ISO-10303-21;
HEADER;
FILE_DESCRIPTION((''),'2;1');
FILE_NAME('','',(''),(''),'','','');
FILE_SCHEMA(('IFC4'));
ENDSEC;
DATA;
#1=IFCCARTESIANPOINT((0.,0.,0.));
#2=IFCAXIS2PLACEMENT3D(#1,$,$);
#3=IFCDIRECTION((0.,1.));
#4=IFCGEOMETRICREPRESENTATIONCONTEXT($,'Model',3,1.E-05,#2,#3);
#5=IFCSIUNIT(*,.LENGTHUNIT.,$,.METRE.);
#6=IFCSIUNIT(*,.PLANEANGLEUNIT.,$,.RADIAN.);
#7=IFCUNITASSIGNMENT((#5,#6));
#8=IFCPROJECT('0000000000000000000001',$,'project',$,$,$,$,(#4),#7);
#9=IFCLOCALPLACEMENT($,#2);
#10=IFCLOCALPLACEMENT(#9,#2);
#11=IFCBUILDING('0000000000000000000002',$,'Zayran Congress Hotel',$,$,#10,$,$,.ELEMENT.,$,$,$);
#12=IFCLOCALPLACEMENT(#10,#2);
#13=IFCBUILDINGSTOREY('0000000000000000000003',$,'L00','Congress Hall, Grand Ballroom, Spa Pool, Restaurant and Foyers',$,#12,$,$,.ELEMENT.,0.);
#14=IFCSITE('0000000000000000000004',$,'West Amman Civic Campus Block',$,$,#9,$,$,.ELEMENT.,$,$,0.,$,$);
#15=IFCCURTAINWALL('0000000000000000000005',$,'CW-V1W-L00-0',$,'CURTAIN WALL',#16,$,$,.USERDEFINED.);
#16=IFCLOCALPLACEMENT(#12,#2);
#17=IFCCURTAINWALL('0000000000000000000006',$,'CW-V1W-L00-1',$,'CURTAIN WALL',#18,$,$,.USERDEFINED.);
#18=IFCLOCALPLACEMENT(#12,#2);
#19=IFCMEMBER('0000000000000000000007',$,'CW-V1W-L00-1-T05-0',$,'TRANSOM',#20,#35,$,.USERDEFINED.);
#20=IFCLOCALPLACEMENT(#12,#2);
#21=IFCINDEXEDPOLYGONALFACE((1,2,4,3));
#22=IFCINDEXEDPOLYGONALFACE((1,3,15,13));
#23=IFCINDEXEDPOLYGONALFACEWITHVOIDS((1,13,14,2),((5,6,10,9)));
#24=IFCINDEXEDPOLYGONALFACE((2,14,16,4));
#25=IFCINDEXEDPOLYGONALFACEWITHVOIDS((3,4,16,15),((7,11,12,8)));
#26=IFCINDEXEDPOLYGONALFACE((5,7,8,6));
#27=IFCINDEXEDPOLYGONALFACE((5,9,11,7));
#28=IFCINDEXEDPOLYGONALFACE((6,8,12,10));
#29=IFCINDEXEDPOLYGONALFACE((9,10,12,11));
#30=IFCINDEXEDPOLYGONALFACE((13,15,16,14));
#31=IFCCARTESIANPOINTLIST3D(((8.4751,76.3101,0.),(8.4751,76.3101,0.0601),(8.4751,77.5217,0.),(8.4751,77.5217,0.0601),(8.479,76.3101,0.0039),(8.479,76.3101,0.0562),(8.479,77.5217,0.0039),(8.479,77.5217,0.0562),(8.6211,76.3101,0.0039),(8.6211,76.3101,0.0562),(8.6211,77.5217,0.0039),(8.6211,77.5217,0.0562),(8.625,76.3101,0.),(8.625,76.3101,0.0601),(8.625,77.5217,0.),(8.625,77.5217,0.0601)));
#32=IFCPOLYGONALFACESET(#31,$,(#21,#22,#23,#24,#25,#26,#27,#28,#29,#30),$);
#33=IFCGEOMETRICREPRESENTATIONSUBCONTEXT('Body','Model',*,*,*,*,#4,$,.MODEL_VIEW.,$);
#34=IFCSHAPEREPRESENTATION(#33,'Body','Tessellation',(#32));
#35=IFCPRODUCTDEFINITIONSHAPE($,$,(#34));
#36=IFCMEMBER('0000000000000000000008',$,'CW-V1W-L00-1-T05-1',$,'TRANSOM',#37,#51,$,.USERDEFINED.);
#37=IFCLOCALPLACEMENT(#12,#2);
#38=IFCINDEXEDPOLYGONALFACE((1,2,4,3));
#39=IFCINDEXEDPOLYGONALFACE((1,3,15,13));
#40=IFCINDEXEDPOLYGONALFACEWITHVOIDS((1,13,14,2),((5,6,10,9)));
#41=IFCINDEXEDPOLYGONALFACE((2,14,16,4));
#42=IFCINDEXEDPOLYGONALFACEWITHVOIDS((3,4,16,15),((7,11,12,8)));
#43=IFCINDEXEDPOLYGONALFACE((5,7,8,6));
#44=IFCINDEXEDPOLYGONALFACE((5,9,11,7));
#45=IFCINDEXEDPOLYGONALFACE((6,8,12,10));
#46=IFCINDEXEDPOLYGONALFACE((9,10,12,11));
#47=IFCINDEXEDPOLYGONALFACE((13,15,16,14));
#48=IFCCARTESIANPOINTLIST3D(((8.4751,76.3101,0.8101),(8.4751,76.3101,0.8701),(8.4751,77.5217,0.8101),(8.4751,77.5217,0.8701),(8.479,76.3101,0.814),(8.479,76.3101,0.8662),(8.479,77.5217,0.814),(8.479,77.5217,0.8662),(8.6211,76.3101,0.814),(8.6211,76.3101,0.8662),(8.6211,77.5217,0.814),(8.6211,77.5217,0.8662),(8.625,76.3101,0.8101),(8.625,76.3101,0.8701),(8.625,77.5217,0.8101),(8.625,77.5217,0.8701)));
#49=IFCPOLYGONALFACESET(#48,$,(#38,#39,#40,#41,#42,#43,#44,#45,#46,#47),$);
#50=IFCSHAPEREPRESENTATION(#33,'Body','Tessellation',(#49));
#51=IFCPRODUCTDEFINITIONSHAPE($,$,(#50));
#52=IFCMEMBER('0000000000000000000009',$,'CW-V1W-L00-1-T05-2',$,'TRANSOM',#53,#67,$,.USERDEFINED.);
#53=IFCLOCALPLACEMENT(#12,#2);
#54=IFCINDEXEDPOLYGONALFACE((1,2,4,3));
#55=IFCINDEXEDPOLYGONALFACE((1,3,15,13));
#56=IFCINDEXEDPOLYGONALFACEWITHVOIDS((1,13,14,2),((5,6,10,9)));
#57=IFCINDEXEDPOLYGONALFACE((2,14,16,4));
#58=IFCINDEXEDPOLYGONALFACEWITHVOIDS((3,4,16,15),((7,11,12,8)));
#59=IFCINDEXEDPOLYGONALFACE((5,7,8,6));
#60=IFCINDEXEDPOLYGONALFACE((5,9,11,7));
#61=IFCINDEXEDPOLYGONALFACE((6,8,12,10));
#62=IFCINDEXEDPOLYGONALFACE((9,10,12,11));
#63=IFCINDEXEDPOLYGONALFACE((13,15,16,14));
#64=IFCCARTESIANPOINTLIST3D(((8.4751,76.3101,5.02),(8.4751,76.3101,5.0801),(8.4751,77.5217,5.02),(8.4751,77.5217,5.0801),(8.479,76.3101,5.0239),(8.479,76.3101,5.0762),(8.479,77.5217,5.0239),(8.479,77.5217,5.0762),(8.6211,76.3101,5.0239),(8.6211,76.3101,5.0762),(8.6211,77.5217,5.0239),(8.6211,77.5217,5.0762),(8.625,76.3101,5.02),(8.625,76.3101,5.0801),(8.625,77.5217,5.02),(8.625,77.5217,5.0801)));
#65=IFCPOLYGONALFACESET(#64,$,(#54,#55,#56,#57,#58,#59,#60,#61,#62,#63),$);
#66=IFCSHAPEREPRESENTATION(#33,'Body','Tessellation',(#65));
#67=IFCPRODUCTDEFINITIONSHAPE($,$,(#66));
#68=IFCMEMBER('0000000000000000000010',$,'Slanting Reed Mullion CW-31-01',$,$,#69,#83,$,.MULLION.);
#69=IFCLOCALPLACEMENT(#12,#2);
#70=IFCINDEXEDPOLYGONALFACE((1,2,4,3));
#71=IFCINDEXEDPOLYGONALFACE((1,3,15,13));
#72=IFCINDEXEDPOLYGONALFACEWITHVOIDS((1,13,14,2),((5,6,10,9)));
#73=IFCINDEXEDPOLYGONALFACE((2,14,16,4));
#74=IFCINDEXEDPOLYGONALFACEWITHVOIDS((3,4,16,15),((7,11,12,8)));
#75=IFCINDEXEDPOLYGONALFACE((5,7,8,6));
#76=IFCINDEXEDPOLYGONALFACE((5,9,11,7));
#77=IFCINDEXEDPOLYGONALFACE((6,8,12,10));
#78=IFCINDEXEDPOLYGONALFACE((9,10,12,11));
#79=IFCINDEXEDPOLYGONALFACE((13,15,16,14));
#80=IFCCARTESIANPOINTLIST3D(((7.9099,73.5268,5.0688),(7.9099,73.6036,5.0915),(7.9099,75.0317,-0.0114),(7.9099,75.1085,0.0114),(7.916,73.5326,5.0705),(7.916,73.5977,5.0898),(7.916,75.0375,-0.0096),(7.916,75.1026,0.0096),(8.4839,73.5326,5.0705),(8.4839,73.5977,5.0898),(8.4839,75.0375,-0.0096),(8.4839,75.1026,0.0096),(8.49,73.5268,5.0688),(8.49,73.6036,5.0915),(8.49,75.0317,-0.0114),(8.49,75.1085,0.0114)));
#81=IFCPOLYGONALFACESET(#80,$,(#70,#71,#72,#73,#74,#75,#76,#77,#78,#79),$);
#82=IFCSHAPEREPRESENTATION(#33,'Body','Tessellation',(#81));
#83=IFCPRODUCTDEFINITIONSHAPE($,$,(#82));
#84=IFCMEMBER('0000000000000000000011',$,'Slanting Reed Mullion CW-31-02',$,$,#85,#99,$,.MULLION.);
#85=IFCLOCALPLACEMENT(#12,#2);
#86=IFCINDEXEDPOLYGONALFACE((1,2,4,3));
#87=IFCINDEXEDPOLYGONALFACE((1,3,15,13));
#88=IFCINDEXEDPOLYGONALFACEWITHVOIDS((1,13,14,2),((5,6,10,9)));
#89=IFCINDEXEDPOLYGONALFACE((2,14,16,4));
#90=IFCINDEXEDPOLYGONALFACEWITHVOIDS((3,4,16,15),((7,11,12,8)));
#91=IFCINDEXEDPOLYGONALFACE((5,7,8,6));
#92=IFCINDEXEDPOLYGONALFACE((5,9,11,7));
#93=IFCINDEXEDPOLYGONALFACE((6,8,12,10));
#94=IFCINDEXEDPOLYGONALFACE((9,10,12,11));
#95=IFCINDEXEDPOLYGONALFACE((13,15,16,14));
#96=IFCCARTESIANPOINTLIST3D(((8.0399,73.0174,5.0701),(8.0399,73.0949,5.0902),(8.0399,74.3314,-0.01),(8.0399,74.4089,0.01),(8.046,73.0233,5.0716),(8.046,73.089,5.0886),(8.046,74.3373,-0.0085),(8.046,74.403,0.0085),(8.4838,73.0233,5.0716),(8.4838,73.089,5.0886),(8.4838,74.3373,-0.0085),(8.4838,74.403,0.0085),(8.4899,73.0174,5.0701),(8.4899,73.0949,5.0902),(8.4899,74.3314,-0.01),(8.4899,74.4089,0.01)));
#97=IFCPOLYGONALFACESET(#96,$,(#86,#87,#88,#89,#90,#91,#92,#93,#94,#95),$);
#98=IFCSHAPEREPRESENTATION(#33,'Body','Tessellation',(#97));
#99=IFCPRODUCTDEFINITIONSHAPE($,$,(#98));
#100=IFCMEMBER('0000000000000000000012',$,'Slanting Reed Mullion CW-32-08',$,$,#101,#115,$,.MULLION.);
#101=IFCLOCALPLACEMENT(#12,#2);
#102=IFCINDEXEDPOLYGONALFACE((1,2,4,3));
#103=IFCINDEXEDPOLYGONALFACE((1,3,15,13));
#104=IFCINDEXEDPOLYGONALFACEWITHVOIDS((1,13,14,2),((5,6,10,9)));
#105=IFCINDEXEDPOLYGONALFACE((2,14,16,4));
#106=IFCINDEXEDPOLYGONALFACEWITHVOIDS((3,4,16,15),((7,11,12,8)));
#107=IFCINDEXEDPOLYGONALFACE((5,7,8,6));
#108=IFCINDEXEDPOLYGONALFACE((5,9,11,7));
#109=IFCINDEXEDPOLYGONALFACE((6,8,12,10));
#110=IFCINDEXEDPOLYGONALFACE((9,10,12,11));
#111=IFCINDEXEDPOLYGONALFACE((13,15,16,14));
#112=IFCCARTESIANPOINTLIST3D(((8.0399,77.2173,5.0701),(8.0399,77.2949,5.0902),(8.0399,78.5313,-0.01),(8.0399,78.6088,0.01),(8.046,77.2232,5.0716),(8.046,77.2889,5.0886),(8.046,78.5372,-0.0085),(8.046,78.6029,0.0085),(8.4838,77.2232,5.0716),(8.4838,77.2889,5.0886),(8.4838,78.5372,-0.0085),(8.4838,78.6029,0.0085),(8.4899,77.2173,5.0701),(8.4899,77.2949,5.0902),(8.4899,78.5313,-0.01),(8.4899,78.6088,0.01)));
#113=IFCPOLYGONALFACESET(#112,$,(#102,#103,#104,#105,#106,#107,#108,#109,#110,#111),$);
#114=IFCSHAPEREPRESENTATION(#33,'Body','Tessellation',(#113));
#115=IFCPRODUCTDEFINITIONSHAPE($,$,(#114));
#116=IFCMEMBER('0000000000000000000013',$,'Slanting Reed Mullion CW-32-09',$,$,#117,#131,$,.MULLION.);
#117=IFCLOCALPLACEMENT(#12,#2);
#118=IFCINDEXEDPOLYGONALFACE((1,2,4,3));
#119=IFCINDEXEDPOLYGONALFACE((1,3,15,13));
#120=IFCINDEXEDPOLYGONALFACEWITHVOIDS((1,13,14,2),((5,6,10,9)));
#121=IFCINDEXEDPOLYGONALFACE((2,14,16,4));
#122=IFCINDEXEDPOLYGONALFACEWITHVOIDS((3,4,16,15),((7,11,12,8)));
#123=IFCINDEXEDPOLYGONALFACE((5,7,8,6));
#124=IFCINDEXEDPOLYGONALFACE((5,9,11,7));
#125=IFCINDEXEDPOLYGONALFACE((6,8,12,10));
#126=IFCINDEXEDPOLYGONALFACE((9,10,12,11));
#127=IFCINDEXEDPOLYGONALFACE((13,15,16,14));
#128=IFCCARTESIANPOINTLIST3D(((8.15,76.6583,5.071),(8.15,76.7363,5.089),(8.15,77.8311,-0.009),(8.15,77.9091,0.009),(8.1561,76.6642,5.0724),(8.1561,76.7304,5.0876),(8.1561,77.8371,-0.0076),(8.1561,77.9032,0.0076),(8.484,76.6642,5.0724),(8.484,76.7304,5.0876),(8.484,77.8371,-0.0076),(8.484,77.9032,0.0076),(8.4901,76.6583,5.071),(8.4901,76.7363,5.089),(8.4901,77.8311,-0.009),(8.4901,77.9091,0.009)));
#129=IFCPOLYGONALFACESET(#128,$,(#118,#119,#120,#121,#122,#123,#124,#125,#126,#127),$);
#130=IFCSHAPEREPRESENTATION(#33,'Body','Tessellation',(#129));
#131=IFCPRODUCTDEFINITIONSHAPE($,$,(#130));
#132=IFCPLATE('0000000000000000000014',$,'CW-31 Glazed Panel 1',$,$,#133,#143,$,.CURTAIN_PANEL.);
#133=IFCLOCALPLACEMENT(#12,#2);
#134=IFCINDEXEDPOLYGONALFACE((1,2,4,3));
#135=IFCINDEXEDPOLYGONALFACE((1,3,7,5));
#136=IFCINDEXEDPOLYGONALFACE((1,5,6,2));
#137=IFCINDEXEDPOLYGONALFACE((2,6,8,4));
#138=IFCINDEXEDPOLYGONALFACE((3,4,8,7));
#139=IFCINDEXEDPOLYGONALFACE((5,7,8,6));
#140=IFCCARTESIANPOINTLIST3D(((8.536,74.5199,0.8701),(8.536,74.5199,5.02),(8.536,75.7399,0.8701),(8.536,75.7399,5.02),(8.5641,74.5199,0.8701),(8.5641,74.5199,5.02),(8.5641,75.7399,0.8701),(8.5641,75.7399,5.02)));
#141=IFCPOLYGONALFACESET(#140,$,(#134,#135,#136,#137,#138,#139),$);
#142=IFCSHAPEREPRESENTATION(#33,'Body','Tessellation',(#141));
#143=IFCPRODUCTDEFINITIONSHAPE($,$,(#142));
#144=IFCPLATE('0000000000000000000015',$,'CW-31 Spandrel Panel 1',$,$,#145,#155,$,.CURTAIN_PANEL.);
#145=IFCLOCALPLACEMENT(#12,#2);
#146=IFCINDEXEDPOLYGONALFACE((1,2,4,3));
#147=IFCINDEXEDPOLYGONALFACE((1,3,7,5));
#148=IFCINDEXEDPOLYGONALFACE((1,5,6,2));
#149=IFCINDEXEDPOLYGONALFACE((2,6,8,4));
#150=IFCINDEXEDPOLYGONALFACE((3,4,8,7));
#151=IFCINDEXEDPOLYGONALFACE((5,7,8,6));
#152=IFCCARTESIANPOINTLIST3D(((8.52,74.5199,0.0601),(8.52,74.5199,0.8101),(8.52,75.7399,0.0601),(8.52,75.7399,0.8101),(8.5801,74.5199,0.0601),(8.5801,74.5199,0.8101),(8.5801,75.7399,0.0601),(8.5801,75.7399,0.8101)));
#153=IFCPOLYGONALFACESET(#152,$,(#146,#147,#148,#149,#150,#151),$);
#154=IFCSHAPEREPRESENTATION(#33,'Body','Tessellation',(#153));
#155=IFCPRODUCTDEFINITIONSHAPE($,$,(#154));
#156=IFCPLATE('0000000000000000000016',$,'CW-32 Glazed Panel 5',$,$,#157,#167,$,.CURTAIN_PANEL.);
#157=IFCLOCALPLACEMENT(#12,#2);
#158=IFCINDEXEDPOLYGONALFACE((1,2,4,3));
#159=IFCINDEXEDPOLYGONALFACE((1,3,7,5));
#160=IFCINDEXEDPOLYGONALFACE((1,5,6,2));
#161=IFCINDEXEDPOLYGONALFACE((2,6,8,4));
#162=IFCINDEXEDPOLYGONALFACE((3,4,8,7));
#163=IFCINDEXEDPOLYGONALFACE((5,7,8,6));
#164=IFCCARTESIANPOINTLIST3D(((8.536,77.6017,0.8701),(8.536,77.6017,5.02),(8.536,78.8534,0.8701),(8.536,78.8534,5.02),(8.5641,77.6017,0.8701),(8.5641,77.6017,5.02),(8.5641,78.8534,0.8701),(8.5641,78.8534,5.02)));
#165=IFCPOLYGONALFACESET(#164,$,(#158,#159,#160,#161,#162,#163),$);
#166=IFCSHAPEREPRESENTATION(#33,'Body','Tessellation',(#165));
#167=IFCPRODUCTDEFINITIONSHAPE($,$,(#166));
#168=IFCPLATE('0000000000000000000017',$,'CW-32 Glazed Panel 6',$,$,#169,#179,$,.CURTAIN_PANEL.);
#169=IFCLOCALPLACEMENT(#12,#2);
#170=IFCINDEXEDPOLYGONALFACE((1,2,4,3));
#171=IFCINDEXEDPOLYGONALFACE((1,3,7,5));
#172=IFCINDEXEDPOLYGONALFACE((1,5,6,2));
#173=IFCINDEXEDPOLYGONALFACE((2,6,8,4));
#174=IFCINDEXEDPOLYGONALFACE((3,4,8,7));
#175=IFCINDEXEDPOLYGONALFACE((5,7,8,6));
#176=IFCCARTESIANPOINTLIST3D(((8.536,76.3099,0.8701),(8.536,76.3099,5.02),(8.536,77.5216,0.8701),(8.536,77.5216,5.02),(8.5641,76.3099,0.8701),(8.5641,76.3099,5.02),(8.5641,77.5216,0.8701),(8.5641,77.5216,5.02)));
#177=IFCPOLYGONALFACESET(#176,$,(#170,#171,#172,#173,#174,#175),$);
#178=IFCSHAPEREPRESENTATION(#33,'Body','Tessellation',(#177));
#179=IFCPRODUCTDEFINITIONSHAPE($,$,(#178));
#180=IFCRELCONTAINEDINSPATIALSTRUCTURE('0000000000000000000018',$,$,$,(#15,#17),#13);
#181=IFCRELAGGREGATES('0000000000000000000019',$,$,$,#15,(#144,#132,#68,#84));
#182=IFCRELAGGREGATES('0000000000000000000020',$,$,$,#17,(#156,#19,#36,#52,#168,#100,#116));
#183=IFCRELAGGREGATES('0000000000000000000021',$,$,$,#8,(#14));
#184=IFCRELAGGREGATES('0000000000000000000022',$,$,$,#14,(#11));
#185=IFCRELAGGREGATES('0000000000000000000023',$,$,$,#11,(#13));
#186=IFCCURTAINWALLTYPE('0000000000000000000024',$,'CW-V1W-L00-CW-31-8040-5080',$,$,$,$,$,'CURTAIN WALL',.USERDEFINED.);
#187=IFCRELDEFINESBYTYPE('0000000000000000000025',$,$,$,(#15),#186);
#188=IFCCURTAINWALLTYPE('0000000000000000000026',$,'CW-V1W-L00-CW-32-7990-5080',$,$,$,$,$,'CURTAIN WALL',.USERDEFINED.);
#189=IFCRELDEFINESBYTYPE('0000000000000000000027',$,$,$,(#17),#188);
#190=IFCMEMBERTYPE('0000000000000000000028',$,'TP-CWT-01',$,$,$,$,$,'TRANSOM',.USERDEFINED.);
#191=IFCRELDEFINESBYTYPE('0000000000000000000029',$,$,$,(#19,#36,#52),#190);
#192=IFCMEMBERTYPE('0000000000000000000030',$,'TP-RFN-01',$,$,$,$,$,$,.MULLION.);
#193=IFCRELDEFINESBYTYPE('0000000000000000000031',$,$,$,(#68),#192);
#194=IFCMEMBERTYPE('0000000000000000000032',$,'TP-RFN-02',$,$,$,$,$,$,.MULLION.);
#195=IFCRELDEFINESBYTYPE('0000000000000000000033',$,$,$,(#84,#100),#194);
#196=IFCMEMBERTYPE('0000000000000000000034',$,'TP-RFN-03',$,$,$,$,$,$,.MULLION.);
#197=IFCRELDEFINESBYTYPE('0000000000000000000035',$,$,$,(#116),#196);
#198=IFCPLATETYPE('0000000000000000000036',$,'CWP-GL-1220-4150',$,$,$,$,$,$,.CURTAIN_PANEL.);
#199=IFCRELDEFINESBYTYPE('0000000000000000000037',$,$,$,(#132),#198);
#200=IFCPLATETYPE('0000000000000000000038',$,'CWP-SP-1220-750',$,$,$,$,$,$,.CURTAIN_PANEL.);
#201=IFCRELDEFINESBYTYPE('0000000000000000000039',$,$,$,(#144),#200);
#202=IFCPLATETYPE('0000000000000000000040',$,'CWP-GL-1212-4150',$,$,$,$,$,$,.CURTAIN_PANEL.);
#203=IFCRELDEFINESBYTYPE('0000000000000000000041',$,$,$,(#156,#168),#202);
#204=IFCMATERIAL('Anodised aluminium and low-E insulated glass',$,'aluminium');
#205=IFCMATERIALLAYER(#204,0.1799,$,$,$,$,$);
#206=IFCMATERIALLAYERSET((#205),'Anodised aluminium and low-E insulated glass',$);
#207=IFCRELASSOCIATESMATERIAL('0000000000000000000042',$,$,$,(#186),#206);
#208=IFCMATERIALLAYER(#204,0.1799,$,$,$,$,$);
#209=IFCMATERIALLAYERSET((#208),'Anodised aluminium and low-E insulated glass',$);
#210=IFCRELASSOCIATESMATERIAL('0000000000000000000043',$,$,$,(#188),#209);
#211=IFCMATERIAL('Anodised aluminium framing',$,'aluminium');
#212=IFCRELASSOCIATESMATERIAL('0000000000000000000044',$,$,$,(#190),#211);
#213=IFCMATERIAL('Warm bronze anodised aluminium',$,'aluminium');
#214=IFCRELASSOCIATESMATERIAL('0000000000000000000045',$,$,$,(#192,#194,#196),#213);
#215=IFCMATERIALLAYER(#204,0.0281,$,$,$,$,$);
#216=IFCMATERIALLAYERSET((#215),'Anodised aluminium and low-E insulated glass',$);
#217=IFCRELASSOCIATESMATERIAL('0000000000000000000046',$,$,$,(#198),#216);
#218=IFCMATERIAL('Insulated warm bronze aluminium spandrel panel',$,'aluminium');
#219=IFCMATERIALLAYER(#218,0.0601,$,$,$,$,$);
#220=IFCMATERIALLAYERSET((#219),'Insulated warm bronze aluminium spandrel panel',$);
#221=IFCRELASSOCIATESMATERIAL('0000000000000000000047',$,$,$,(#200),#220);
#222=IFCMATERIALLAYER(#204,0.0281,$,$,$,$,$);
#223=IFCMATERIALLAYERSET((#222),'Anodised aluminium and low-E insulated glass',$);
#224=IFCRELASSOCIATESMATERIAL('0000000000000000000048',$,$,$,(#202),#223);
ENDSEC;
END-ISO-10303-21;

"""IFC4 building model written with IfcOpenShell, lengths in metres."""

from ifc_helpers import new_model, si_unit, direction, frame, origin, origin_2d, place, context, subcontext, project, spatial, rectangle, hollow_rectangle, extrude, material, layer, layer_set, material_profile, profile_set, type_object, element, aggregate, save


model = new_model("IFC4")

# Units and contexts
model_context = context("Model", 3, precision=1e-05, world=origin(), true_north=direction((0.0, 1.0)))
body_context = subcontext(model_context, "Body", "Model", "MODEL_VIEW")
ifc_project = project(units=[si_unit("LENGTHUNIT", "METRE"), si_unit("PLANEANGLEUNIT", "RADIAN")], contexts=[model_context])

# Site, building, storey
site_placement = place(None, origin())
site = spatial("IfcSite", under=ifc_project, at=site_placement, Name="West Amman Civic Campus Block", CompositionType="ELEMENT", RefElevation=0.0)
building_placement = place(site_placement, origin())
building = spatial("IfcBuilding", under=site, at=building_placement, Name="Zayran Congress Hotel", CompositionType="ELEMENT")
storey_placement = place(building_placement, origin())
storey = spatial("IfcBuildingStorey", under=building, at=storey_placement, Name="L00", Description="Congress Hall, Grand Ballroom, Spa Pool, Restaurant and Foyers", CompositionType="ELEMENT", Elevation=0.0)

# Curtain walls
ifc_material_1 = material(Name="Anodised aluminium and low-E insulated glass", Category="aluminium")
ifc_layer_1 = layer(ifc_material_1, 0.1799)
ifc_layer_set_1 = layer_set([ifc_layer_1], Name="Anodised aluminium and low-E insulated glass")
curtain_wall_type_1 = type_object("IfcCurtainWallType", Name="CW-V1W-L00-CW-31-8040-5080", ElementType="CURTAIN WALL", PredefinedType="USERDEFINED", material=ifc_layer_set_1)
curtain_wall_1_placement = place(storey_placement, origin())
curtain_wall_1 = element("IfcCurtainWall", 1, at=curtain_wall_1_placement, inside=storey, type_object=curtain_wall_type_1, Name="CW-V1W-L00-0", ObjectType="CURTAIN WALL", PredefinedType="USERDEFINED")
ifc_material_2 = material(Name="Anodised aluminium framing", Category="aluminium")
ifc_layer_2 = layer(ifc_material_1, 0.1799)
ifc_layer_set_2 = layer_set([ifc_layer_2], Name="Anodised aluminium and low-E insulated glass")
curtain_wall_type_2 = type_object("IfcCurtainWallType", Name="CW-V1W-L00-CW-32-7990-5080", ElementType="CURTAIN WALL", PredefinedType="USERDEFINED", material=ifc_layer_set_2)
curtain_wall_2_placement = place(storey_placement, origin())
curtain_wall_2 = element("IfcCurtainWall", 2, at=curtain_wall_2_placement, inside=storey, type_object=curtain_wall_type_2, Name="CW-V1W-L00-1", ObjectType="CURTAIN WALL", PredefinedType="USERDEFINED")

# Members
ifc_material_profile_1 = material_profile(ifc_material_2, hollow_rectangle(XDim=0.0601, YDim=0.1499, WallThickness=0.0039, at=origin_2d()), Name="RHS 150x60x4")
ifc_profile_set_1 = profile_set([ifc_material_profile_1], Name="Anodised aluminium framing")
member_type_1 = type_object("IfcMemberType", Name="TP-CWT-01", ElementType="TRANSOM", PredefinedType="USERDEFINED", material=ifc_profile_set_1)
member_1_placement = place(storey_placement, frame((8.55, 77.5217, 0.03), z_axis=(0.0, -1.0, 0.0), x_axis=(0.0, 0.0, 1.0)))
member_1 = element("IfcMember", 3, at=member_1_placement, type_object=member_type_1, Name="CW-V1W-L00-1-T05-0", ObjectType="TRANSOM", PredefinedType="USERDEFINED", context=body_context, shape_type="SweptSolid", body=[
    extrude(hollow_rectangle(XDim=0.0601, YDim=0.1499, WallThickness=0.0039, at=origin_2d()), origin(), (0.0, 0.0, 1.0), 1.2117),
])
member_2_placement = place(storey_placement, frame((8.55, 77.5217, 0.8401), z_axis=(0.0, -1.0, 0.0), x_axis=(0.0, 0.0, 1.0)))
member_2 = element("IfcMember", 4, at=member_2_placement, type_object=member_type_1, Name="CW-V1W-L00-1-T05-1", ObjectType="TRANSOM", PredefinedType="USERDEFINED", context=body_context, shape_type="SweptSolid", body=[
    extrude(hollow_rectangle(XDim=0.0601, YDim=0.1499, WallThickness=0.0039, at=origin_2d()), origin(), (0.0, 0.0, 1.0), 1.2117),
])
member_3_placement = place(storey_placement, frame((8.55, 77.5217, 5.05), z_axis=(0.0, -1.0, 0.0), x_axis=(0.0, 0.0, 1.0)))
member_3 = element("IfcMember", 5, at=member_3_placement, type_object=member_type_1, Name="CW-V1W-L00-1-T05-2", ObjectType="TRANSOM", PredefinedType="USERDEFINED", context=body_context, shape_type="SweptSolid", body=[
    extrude(hollow_rectangle(XDim=0.0601, YDim=0.1499, WallThickness=0.0039, at=origin_2d()), origin(), (0.0, 0.0, 1.0), 1.2117),
])
ifc_material_3 = material(Name="Warm bronze anodised aluminium", Category="aluminium")
ifc_material_profile_2 = material_profile(ifc_material_3, hollow_rectangle(XDim=0.0801, YDim=0.5801, WallThickness=0.0061, at=origin_2d()), Name="RHS 580x80x6")
ifc_profile_set_2 = profile_set([ifc_material_profile_2], Name="Warm bronze anodised aluminium")
member_type_2 = type_object("IfcMemberType", Name="TP-RFN-01", PredefinedType="MULLION", material=ifc_profile_set_2)
member_4_placement = place(storey_placement, frame((8.2, 75.0701, 0.0), z_axis=(0.0, -0.284032, 0.958815), x_axis=(0.0, 0.958815, 0.284032)))
member_4 = element("IfcMember", 6, at=member_4_placement, type_object=member_type_2, Name="Slanting Reed Mullion CW-31-01", PredefinedType="MULLION", context=body_context, shape_type="SweptSolid", body=[
    extrude(hollow_rectangle(XDim=0.0801, YDim=0.5801, WallThickness=0.0061, at=origin_2d()), origin(), (0.0, 0.0, 1.0), 5.2983),
])
ifc_material_profile_3 = material_profile(ifc_material_3, hollow_rectangle(XDim=0.0801, YDim=0.45, WallThickness=0.0061, at=origin_2d()), Name="RHS 450x80x6")
ifc_profile_set_3 = profile_set([ifc_material_profile_3], Name="Warm bronze anodised aluminium")
member_type_3 = type_object("IfcMemberType", Name="TP-RFN-02", PredefinedType="MULLION", material=ifc_profile_set_3)
member_5_placement = place(storey_placement, frame((8.2649, 74.3701, 0.0), z_axis=(0.0, -0.25041, 0.96814), x_axis=(0.0, 0.96814, 0.25041)))
member_5 = element("IfcMember", 7, at=member_5_placement, type_object=member_type_3, Name="Slanting Reed Mullion CW-31-02", PredefinedType="MULLION", context=body_context, shape_type="SweptSolid", body=[
    extrude(hollow_rectangle(XDim=0.0801, YDim=0.45, WallThickness=0.0061, at=origin_2d()), origin(), (0.0, 0.0, 1.0), 5.2473),
])
member_6_placement = place(storey_placement, frame((8.2649, 78.5701, 0.0), z_axis=(0.0, -0.25041, 0.96814), x_axis=(0.0, 0.96814, 0.25041)))
member_6 = element("IfcMember", 8, at=member_6_placement, type_object=member_type_3, Name="Slanting Reed Mullion CW-32-08", PredefinedType="MULLION", context=body_context, shape_type="SweptSolid", body=[
    extrude(hollow_rectangle(XDim=0.0801, YDim=0.45, WallThickness=0.0061, at=origin_2d()), origin(), (0.0, 0.0, 1.0), 5.2473),
])
ifc_material_profile_4 = material_profile(ifc_material_3, hollow_rectangle(XDim=0.0801, YDim=0.3401, WallThickness=0.0061, at=origin_2d()), Name="RHS 340x80x6")
ifc_profile_set_4 = profile_set([ifc_material_profile_4], Name="Warm bronze anodised aluminium")
member_type_4 = type_object("IfcMemberType", Name="TP-RFN-03", PredefinedType="MULLION", material=ifc_profile_set_4)
member_7_placement = place(storey_placement, frame((8.3201, 77.8701, 0.0), z_axis=(0.0, -0.224955, 0.974369), x_axis=(0.0, 0.974369, 0.224955)))
member_7 = element("IfcMember", 9, at=member_7_placement, type_object=member_type_4, Name="Slanting Reed Mullion CW-32-09", PredefinedType="MULLION", context=body_context, shape_type="SweptSolid", body=[
    extrude(hollow_rectangle(XDim=0.0801, YDim=0.3401, WallThickness=0.0061, at=origin_2d()), origin(), (0.0, 0.0, 1.0), 5.2136),
])

# Plates
ifc_layer_3 = layer(ifc_material_1, 0.0281)
ifc_layer_set_3 = layer_set([ifc_layer_3], Name="Anodised aluminium and low-E insulated glass")
plate_type_1 = type_object("IfcPlateType", Name="CWP-GL-1220-4150", PredefinedType="CURTAIN_PANEL", material=ifc_layer_set_3)
plate_1_placement = place(storey_placement, frame((8.55, 75.1299, 0.8701), z_axis=(0.0, 0.0, 1.0), x_axis=(0.0, 1.0, 0.0)))
plate_1 = element("IfcPlate", 10, at=plate_1_placement, type_object=plate_type_1, Name="CW-31 Glazed Panel 1", PredefinedType="CURTAIN_PANEL", context=body_context, shape_type="SweptSolid", body=[
    extrude(rectangle(XDim=1.22, YDim=0.0281, at=origin_2d()), origin(), (0.0, 0.0, 1.0), 4.1499),
])
ifc_material_4 = material(Name="Insulated warm bronze aluminium spandrel panel", Category="aluminium")
ifc_layer_4 = layer(ifc_material_4, 0.0601)
ifc_layer_set_4 = layer_set([ifc_layer_4], Name="Insulated warm bronze aluminium spandrel panel")
plate_type_2 = type_object("IfcPlateType", Name="CWP-SP-1220-750", PredefinedType="CURTAIN_PANEL", material=ifc_layer_set_4)
plate_2_placement = place(storey_placement, frame((8.55, 75.1299, 0.0601), z_axis=(0.0, 0.0, 1.0), x_axis=(0.0, 1.0, 0.0)))
plate_2 = element("IfcPlate", 11, at=plate_2_placement, type_object=plate_type_2, Name="CW-31 Spandrel Panel 1", PredefinedType="CURTAIN_PANEL", context=body_context, shape_type="SweptSolid", body=[
    extrude(rectangle(XDim=1.22, YDim=0.0601, at=origin_2d()), origin(), (0.0, 0.0, 1.0), 0.75),
])
aggregate(curtain_wall_1, [plate_2, plate_1, member_4, member_5])
ifc_layer_5 = layer(ifc_material_1, 0.0281)
ifc_layer_set_5 = layer_set([ifc_layer_5], Name="Anodised aluminium and low-E insulated glass")
plate_type_3 = type_object("IfcPlateType", Name="CWP-GL-1212-4150", PredefinedType="CURTAIN_PANEL", material=ifc_layer_set_5)
plate_3_placement = place(storey_placement, frame((8.55, 78.2275, 0.8701), z_axis=(0.0, 0.0, 1.0), x_axis=(0.0, 1.0, 0.0)))
plate_3 = element("IfcPlate", 12, at=plate_3_placement, type_object=plate_type_3, Name="CW-32 Glazed Panel 5", PredefinedType="CURTAIN_PANEL", context=body_context, shape_type="SweptSolid", body=[
    extrude(rectangle(XDim=1.2517, YDim=0.0281, at=origin_2d()), origin(), (0.0, 0.0, 1.0), 4.1499),
])
plate_4_placement = place(storey_placement, frame((8.55, 76.9158, 0.8701), z_axis=(0.0, 0.0, 1.0), x_axis=(0.0, 1.0, 0.0)))
plate_4 = element("IfcPlate", 13, at=plate_4_placement, type_object=plate_type_3, Name="CW-32 Glazed Panel 6", PredefinedType="CURTAIN_PANEL", context=body_context, shape_type="SweptSolid", body=[
    extrude(rectangle(XDim=1.2117, YDim=0.0281, at=origin_2d()), origin(), (0.0, 0.0, 1.0), 4.1499),
])
aggregate(curtain_wall_2, [plate_3, member_1, member_2, member_3, plate_4, member_6, member_7])

save(model, "model.ifc")
